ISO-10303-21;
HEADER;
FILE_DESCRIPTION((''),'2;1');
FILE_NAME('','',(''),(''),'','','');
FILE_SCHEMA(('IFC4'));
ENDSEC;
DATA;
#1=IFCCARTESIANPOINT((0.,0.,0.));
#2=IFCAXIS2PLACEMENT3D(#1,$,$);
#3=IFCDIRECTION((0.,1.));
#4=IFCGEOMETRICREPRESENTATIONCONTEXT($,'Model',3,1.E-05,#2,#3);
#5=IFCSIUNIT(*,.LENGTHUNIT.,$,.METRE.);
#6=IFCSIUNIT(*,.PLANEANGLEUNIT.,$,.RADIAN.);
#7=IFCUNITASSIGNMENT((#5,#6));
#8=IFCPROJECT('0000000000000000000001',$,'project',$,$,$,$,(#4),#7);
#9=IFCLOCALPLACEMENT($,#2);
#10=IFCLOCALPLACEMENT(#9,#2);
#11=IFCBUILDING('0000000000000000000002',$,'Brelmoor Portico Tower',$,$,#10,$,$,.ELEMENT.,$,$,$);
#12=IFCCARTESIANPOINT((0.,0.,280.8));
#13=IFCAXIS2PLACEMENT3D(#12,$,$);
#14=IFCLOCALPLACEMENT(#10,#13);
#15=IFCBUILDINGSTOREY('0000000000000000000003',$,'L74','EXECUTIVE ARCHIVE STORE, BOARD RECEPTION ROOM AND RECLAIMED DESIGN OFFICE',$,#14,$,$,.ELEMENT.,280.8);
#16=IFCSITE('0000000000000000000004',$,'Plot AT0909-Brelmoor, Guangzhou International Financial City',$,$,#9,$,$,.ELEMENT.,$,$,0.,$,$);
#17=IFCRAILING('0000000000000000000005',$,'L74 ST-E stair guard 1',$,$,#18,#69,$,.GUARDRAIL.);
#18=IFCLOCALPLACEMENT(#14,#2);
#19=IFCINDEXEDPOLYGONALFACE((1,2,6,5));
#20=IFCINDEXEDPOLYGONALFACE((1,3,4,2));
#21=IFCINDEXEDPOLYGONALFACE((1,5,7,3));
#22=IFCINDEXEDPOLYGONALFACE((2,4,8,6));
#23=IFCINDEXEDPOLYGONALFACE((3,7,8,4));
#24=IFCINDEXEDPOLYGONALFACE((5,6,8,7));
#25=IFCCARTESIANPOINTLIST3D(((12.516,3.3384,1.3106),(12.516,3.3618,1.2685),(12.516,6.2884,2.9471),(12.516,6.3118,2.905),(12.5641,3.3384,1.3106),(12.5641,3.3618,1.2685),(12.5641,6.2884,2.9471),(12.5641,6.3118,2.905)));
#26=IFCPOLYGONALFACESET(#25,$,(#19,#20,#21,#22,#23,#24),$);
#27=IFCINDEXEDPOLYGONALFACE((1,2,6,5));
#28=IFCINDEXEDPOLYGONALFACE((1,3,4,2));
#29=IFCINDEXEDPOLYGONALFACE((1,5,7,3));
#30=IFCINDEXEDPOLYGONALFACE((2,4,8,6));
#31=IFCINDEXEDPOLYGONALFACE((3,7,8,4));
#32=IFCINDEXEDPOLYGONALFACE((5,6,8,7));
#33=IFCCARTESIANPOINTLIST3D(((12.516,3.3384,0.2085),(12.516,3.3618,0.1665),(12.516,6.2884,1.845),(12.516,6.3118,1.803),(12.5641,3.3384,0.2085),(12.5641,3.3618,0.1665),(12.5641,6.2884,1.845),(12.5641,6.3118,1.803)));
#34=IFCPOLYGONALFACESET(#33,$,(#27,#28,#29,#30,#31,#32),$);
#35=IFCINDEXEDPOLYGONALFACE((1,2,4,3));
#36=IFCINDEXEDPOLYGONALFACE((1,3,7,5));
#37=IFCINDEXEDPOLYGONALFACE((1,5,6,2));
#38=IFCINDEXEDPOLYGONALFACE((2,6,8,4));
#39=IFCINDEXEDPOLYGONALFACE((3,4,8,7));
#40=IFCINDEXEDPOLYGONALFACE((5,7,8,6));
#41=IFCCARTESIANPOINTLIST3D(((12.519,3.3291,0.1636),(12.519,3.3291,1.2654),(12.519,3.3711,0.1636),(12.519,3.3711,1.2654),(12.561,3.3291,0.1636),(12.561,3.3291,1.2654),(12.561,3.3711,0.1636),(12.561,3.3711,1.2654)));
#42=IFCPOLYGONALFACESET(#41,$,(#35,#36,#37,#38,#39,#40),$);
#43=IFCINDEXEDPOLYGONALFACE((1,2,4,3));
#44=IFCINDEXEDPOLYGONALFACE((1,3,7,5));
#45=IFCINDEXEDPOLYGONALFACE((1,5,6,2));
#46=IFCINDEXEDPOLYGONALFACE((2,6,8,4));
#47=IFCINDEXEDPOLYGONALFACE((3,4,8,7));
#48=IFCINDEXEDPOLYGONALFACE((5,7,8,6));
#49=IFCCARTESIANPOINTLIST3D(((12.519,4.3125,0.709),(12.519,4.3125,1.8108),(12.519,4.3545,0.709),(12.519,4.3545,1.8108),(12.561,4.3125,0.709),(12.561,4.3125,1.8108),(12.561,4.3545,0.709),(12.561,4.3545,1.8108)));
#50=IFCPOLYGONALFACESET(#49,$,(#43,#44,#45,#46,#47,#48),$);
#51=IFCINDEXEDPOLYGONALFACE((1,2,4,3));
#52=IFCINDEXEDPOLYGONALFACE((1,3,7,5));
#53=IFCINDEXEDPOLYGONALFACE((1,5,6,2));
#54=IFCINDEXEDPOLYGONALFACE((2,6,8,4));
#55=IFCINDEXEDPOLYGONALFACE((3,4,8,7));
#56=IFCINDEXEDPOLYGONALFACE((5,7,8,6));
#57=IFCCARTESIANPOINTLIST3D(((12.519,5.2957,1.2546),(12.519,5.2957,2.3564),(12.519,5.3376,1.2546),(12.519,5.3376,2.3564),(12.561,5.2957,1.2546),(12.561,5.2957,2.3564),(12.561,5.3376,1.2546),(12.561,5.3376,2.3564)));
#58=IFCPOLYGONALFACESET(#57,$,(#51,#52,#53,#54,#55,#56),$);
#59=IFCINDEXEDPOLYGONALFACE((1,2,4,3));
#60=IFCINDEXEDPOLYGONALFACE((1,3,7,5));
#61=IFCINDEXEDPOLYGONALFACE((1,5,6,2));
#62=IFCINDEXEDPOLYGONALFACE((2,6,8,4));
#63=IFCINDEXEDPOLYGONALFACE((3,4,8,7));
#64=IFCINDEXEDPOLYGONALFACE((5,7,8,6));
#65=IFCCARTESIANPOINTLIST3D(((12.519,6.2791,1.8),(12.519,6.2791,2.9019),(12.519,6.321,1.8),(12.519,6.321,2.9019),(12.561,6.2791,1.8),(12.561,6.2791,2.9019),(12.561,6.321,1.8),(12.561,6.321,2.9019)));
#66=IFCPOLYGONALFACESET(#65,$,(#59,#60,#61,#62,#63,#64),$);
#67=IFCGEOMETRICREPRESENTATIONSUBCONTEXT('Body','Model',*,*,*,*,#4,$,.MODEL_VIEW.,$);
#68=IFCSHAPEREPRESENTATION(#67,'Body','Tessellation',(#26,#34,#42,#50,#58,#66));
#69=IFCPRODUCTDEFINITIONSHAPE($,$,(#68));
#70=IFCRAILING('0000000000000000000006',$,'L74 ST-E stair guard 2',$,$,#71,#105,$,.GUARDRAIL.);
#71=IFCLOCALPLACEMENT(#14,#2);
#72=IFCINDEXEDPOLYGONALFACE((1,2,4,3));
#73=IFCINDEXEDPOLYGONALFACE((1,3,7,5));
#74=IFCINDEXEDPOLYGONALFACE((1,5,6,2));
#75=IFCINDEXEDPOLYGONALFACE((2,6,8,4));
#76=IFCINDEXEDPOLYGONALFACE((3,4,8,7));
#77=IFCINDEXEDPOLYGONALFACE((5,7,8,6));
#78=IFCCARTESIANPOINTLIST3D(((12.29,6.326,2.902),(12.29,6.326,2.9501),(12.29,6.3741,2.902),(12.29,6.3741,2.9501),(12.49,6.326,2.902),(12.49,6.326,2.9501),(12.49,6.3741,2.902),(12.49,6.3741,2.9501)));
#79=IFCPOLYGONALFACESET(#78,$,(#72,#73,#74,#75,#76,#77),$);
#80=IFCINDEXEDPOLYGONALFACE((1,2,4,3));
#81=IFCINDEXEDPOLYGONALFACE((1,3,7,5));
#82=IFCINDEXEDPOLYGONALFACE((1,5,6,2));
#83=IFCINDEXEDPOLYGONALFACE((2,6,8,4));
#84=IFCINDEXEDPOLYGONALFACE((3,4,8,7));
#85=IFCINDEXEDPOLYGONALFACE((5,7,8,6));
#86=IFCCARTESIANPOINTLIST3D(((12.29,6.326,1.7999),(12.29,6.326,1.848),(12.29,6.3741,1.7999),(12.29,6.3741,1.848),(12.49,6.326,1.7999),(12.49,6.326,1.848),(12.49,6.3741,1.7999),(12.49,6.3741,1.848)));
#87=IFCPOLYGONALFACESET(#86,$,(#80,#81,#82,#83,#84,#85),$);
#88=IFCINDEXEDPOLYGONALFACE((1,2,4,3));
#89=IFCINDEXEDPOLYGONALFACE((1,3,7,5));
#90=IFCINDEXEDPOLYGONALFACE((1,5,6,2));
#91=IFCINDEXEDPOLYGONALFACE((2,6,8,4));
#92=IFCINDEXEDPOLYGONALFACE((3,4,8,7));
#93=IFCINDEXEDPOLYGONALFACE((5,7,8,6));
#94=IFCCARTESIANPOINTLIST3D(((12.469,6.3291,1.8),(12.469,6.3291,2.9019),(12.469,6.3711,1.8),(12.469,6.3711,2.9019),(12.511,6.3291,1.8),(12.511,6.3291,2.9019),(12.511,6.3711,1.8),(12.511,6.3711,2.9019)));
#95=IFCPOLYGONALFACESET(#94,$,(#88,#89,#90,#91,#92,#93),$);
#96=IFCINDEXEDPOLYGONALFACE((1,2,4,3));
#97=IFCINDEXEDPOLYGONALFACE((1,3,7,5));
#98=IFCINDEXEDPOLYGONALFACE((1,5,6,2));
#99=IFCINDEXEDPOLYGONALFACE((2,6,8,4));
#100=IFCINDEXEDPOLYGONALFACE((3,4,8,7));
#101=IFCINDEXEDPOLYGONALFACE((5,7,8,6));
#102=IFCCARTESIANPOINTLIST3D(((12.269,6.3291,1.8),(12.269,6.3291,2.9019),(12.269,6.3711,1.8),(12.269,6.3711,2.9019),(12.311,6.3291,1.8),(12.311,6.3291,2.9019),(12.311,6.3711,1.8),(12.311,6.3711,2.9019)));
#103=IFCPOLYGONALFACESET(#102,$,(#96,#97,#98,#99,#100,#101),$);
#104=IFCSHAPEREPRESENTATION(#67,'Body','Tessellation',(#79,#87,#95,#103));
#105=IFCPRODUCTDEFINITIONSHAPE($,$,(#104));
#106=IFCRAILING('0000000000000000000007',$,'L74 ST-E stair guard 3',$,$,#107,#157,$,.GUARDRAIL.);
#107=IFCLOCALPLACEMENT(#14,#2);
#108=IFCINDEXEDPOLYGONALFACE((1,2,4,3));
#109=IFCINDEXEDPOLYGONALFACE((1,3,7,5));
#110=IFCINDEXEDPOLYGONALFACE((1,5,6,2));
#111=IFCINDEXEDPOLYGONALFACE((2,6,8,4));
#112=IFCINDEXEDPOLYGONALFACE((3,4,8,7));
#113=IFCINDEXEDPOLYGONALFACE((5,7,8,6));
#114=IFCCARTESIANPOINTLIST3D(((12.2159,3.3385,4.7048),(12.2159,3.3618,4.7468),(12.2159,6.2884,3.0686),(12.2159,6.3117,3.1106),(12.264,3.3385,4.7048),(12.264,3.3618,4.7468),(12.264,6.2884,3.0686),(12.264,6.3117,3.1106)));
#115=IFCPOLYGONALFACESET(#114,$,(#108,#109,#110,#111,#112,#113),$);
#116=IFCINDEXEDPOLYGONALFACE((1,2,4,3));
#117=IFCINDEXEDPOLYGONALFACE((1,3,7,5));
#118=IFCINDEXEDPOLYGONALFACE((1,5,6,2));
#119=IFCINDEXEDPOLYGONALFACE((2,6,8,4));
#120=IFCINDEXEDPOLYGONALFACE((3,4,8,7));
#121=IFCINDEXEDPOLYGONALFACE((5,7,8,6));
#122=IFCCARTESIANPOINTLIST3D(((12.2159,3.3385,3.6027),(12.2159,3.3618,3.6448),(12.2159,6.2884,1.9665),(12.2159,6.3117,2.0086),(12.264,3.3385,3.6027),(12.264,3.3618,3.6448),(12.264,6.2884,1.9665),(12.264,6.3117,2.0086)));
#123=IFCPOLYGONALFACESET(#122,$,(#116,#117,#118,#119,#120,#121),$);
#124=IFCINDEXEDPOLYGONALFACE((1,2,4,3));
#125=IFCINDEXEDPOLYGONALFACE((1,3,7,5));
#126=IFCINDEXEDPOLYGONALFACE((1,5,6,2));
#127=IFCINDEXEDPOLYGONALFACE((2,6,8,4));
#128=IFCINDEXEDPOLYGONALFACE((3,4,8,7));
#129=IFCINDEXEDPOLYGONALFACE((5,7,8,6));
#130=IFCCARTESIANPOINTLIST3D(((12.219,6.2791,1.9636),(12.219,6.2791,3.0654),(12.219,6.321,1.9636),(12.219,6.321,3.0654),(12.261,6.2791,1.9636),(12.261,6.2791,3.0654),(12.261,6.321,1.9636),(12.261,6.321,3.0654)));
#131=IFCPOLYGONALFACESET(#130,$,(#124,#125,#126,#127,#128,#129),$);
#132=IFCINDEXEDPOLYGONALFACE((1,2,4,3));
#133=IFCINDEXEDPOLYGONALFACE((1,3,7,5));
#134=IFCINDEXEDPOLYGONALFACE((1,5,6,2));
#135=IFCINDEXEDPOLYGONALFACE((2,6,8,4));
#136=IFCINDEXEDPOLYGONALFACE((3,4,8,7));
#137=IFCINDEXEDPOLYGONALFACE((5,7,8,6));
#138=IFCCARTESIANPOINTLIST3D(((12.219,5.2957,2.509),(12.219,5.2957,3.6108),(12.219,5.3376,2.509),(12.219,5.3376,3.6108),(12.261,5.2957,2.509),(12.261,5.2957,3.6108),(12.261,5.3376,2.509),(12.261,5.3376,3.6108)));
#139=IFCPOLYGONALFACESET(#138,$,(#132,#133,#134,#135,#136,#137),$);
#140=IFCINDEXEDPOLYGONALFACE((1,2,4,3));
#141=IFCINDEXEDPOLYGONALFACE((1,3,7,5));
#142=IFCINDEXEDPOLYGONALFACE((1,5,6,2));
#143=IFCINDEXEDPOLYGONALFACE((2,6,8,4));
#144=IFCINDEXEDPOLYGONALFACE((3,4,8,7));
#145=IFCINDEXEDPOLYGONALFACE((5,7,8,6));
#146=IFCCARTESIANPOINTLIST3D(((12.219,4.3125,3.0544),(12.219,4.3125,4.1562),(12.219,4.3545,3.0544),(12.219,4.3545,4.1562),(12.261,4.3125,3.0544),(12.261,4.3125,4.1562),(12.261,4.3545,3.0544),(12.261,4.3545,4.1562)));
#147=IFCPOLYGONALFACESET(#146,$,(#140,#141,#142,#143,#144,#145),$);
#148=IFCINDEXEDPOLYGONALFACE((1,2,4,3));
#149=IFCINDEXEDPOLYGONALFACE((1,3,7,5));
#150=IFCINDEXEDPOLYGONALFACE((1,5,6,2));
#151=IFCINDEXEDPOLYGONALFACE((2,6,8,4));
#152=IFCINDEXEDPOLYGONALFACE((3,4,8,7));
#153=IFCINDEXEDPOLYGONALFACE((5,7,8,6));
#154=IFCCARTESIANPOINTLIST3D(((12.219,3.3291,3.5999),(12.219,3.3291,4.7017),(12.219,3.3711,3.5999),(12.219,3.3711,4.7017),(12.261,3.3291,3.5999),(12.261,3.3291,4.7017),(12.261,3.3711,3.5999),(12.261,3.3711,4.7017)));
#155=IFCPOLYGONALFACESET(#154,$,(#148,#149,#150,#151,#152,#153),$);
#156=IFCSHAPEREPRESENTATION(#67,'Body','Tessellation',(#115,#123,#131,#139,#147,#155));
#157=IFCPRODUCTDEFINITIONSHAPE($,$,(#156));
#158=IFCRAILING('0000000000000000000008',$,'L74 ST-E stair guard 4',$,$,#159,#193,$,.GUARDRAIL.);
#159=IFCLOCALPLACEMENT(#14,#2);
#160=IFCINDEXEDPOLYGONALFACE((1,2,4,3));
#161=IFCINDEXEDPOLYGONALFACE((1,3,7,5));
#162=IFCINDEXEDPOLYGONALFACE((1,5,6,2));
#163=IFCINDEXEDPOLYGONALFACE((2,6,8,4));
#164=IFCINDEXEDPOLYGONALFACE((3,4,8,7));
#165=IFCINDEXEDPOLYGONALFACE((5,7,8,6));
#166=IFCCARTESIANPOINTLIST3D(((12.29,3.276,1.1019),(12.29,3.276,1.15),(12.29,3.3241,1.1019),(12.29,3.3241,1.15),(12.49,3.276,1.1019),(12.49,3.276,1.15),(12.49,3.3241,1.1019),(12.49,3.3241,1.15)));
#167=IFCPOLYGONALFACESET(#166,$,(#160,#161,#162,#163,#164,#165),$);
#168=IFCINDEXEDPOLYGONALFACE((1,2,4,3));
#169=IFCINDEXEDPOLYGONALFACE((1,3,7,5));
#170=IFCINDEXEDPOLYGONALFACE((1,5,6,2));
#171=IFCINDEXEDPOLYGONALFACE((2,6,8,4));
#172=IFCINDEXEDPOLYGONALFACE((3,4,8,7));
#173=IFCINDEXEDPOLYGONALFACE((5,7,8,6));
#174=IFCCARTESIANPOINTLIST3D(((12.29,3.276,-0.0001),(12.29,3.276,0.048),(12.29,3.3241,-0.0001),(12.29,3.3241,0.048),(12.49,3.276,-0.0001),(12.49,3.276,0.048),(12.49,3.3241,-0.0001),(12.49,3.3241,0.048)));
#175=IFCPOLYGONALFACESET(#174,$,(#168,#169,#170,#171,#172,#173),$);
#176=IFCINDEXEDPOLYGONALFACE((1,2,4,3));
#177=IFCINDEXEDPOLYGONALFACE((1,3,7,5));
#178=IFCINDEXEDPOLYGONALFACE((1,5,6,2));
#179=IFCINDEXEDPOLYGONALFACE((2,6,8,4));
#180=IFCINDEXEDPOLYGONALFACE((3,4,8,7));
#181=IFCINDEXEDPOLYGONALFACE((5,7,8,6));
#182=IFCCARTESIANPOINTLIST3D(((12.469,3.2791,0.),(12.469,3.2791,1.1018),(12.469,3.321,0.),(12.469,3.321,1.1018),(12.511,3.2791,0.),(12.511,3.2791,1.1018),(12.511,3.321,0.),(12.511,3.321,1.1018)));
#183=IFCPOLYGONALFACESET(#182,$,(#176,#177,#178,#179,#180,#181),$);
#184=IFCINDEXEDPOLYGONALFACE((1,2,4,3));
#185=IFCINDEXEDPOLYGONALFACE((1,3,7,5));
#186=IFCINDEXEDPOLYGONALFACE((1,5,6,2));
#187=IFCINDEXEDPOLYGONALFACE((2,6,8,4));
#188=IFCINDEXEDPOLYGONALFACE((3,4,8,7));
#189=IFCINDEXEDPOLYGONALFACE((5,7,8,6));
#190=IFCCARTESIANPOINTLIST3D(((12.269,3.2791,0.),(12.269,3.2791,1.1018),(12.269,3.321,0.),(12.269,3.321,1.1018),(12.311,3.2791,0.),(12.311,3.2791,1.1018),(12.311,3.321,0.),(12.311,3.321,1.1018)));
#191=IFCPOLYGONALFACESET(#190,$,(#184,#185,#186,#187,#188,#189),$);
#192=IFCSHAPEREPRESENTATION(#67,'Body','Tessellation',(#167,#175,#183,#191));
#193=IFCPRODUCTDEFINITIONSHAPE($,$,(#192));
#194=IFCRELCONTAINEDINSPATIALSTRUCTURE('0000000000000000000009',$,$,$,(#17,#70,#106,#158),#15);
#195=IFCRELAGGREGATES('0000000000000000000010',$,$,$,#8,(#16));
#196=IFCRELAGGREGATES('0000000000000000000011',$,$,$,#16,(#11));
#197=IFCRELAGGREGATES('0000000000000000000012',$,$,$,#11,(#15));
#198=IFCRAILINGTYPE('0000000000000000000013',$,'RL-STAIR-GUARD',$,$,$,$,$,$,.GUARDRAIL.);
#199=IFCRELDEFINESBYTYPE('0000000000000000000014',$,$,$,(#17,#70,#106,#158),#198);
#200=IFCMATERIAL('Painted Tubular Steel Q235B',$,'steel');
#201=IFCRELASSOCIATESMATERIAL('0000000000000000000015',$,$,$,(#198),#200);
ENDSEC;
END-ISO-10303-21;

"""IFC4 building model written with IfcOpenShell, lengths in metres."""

from ifc_helpers import new_model, si_unit, direction, frame, origin, origin_2d, place, context, subcontext, project, spatial, rectangle, extrude, material, type_object, element, save


model = new_model("IFC4")

# Units and contexts
model_context = context("Model", 3, precision=1e-05, world=origin(), true_north=direction((0.0, 1.0)))
body_context = subcontext(model_context, "Body", "Model", "MODEL_VIEW")
ifc_project = project(units=[si_unit("LENGTHUNIT", "METRE"), si_unit("PLANEANGLEUNIT", "RADIAN")], contexts=[model_context])

# Site, building, storey
site_placement = place(None, origin())
site = spatial("IfcSite", under=ifc_project, at=site_placement, Name="Plot AT0909-Brelmoor, Guangzhou International Financial City", CompositionType="ELEMENT", RefElevation=0.0)
building_placement = place(site_placement, origin())
building = spatial("IfcBuilding", under=site, at=building_placement, Name="Brelmoor Portico Tower", CompositionType="ELEMENT")
storey_placement = place(building_placement, frame((0.0, 0.0, 280.8)))
storey = spatial("IfcBuildingStorey", under=building, at=storey_placement, Name="L74", Description="EXECUTIVE ARCHIVE STORE, BOARD RECEPTION ROOM AND RECLAIMED DESIGN OFFICE", CompositionType="ELEMENT", Elevation=280.8)

# Railings
ifc_material_1 = material(Name="Painted Tubular Steel Q235B", Category="steel")
railing_type_1 = type_object("IfcRailingType", Name="RL-STAIR-GUARD", PredefinedType="GUARDRAIL", material=ifc_material_1)
railing_1_placement = place(storey_placement, frame((12.54, 3.3501, 0.1636)))
element("IfcRailing", 1, at=railing_1_placement, inside=storey, type_object=railing_type_1, Name="L74 ST-E stair guard 1", PredefinedType="GUARDRAIL", context=body_context, shape_type="SweptSolid", body=[
    extrude(rectangle(XDim=0.0481, YDim=0.0481, at=origin_2d()), frame((0.0, 0.0, 1.126), z_axis=(0.0, 0.874458, 0.485102), x_axis=(-1.0, 0.0, 0.0)), (0.0, 0.0, 1.0), 3.3735),
    extrude(rectangle(XDim=0.0481, YDim=0.0481, at=origin_2d()), frame((0.0, 0.0, 0.0239), z_axis=(0.0, 0.874458, 0.485102), x_axis=(-1.0, 0.0, 0.0)), (0.0, 0.0, 1.0), 3.3735),
    extrude(rectangle(XDim=0.042, YDim=0.042, at=origin_2d()), origin(), (0.0, 0.0, 1.0), 1.1018),
    extrude(rectangle(XDim=0.042, YDim=0.042, at=origin_2d()), frame((0.0, 0.9834, 0.5454)), (0.0, 0.0, 1.0), 1.1018),
    extrude(rectangle(XDim=0.042, YDim=0.042, at=origin_2d()), frame((0.0, 1.9666, 1.0911)), (0.0, 0.0, 1.0), 1.1018),
    extrude(rectangle(XDim=0.042, YDim=0.042, at=origin_2d()), frame((0.0, 2.95, 1.6365)), (0.0, 0.0, 1.0), 1.1018),
])
railing_2_placement = place(storey_placement, frame((12.49, 6.3501, 1.8)))
element("IfcRailing", 2, at=railing_2_placement, inside=storey, type_object=railing_type_1, Name="L74 ST-E stair guard 2", PredefinedType="GUARDRAIL", context=body_context, shape_type="SweptSolid", body=[
    extrude(rectangle(XDim=0.0481, YDim=0.0481, at=origin_2d()), frame((0.0, 0.0, 1.126), z_axis=(-1.0, 0.0, 0.0), x_axis=(0.0, -1.0, 0.0)), (0.0, 0.0, 1.0), 0.2),
    extrude(rectangle(XDim=0.0481, YDim=0.0481, at=origin_2d()), frame((0.0, 0.0, 0.0239), z_axis=(-1.0, 0.0, 0.0), x_axis=(0.0, -1.0, 0.0)), (0.0, 0.0, 1.0), 0.2),
    extrude(rectangle(XDim=0.042, YDim=0.042, at=origin_2d()), origin(), (0.0, 0.0, 1.0), 1.1018),
    extrude(rectangle(XDim=0.042, YDim=0.042, at=origin_2d()), frame((-0.2, 0.0, 0.0)), (0.0, 0.0, 1.0), 1.1018),
])
railing_3_placement = place(storey_placement, frame((12.24, 6.3, 1.9636)))
element("IfcRailing", 3, at=railing_3_placement, inside=storey, type_object=railing_type_1, Name="L74 ST-E stair guard 3", PredefinedType="GUARDRAIL", context=body_context, shape_type="SweptSolid", body=[
    extrude(rectangle(XDim=0.0481, YDim=0.0481, at=origin_2d()), frame((0.0, 0.0, 1.126), z_axis=(0.0, -0.874488, 0.485047), x_axis=(1.0, 0.0, 0.0)), (0.0, 0.0, 1.0), 3.3733),
    extrude(rectangle(XDim=0.0481, YDim=0.0481, at=origin_2d()), frame((0.0, 0.0, 0.0239), z_axis=(0.0, -0.874488, 0.485047), x_axis=(1.0, 0.0, 0.0)), (0.0, 0.0, 1.0), 3.3733),
    extrude(rectangle(XDim=0.042, YDim=0.042, at=origin_2d()), origin(), (0.0, 0.0, 1.0), 1.1018),
    extrude(rectangle(XDim=0.042, YDim=0.042, at=origin_2d()), frame((0.0, -0.9834, 0.5454)), (0.0, 0.0, 1.0), 1.1018),
    extrude(rectangle(XDim=0.042, YDim=0.042, at=origin_2d()), frame((0.0, -1.9666, 1.0908)), (0.0, 0.0, 1.0), 1.1018),
    extrude(rectangle(XDim=0.042, YDim=0.042, at=origin_2d()), frame((0.0, -2.95, 1.6362)), (0.0, 0.0, 1.0), 1.1018),
])
railing_4_placement = place(storey_placement, frame((12.49, 3.3, 0.0)))
element("IfcRailing", 4, at=railing_4_placement, inside=storey, type_object=railing_type_1, Name="L74 ST-E stair guard 4", PredefinedType="GUARDRAIL", context=body_context, shape_type="SweptSolid", body=[
    extrude(rectangle(XDim=0.0481, YDim=0.0481, at=origin_2d()), frame((0.0, 0.0, 1.126), z_axis=(-1.0, 0.0, 0.0), x_axis=(0.0, -1.0, 0.0)), (0.0, 0.0, 1.0), 0.2),
    extrude(rectangle(XDim=0.0481, YDim=0.0481, at=origin_2d()), frame((0.0, 0.0, 0.0239), z_axis=(-1.0, 0.0, 0.0), x_axis=(0.0, -1.0, 0.0)), (0.0, 0.0, 1.0), 0.2),
    extrude(rectangle(XDim=0.042, YDim=0.042, at=origin_2d()), origin(), (0.0, 0.0, 1.0), 1.1018),
    extrude(rectangle(XDim=0.042, YDim=0.042, at=origin_2d()), frame((-0.2, 0.0, 0.0)), (0.0, 0.0, 1.0), 1.1018),
])

save(model, "model.ifc")
